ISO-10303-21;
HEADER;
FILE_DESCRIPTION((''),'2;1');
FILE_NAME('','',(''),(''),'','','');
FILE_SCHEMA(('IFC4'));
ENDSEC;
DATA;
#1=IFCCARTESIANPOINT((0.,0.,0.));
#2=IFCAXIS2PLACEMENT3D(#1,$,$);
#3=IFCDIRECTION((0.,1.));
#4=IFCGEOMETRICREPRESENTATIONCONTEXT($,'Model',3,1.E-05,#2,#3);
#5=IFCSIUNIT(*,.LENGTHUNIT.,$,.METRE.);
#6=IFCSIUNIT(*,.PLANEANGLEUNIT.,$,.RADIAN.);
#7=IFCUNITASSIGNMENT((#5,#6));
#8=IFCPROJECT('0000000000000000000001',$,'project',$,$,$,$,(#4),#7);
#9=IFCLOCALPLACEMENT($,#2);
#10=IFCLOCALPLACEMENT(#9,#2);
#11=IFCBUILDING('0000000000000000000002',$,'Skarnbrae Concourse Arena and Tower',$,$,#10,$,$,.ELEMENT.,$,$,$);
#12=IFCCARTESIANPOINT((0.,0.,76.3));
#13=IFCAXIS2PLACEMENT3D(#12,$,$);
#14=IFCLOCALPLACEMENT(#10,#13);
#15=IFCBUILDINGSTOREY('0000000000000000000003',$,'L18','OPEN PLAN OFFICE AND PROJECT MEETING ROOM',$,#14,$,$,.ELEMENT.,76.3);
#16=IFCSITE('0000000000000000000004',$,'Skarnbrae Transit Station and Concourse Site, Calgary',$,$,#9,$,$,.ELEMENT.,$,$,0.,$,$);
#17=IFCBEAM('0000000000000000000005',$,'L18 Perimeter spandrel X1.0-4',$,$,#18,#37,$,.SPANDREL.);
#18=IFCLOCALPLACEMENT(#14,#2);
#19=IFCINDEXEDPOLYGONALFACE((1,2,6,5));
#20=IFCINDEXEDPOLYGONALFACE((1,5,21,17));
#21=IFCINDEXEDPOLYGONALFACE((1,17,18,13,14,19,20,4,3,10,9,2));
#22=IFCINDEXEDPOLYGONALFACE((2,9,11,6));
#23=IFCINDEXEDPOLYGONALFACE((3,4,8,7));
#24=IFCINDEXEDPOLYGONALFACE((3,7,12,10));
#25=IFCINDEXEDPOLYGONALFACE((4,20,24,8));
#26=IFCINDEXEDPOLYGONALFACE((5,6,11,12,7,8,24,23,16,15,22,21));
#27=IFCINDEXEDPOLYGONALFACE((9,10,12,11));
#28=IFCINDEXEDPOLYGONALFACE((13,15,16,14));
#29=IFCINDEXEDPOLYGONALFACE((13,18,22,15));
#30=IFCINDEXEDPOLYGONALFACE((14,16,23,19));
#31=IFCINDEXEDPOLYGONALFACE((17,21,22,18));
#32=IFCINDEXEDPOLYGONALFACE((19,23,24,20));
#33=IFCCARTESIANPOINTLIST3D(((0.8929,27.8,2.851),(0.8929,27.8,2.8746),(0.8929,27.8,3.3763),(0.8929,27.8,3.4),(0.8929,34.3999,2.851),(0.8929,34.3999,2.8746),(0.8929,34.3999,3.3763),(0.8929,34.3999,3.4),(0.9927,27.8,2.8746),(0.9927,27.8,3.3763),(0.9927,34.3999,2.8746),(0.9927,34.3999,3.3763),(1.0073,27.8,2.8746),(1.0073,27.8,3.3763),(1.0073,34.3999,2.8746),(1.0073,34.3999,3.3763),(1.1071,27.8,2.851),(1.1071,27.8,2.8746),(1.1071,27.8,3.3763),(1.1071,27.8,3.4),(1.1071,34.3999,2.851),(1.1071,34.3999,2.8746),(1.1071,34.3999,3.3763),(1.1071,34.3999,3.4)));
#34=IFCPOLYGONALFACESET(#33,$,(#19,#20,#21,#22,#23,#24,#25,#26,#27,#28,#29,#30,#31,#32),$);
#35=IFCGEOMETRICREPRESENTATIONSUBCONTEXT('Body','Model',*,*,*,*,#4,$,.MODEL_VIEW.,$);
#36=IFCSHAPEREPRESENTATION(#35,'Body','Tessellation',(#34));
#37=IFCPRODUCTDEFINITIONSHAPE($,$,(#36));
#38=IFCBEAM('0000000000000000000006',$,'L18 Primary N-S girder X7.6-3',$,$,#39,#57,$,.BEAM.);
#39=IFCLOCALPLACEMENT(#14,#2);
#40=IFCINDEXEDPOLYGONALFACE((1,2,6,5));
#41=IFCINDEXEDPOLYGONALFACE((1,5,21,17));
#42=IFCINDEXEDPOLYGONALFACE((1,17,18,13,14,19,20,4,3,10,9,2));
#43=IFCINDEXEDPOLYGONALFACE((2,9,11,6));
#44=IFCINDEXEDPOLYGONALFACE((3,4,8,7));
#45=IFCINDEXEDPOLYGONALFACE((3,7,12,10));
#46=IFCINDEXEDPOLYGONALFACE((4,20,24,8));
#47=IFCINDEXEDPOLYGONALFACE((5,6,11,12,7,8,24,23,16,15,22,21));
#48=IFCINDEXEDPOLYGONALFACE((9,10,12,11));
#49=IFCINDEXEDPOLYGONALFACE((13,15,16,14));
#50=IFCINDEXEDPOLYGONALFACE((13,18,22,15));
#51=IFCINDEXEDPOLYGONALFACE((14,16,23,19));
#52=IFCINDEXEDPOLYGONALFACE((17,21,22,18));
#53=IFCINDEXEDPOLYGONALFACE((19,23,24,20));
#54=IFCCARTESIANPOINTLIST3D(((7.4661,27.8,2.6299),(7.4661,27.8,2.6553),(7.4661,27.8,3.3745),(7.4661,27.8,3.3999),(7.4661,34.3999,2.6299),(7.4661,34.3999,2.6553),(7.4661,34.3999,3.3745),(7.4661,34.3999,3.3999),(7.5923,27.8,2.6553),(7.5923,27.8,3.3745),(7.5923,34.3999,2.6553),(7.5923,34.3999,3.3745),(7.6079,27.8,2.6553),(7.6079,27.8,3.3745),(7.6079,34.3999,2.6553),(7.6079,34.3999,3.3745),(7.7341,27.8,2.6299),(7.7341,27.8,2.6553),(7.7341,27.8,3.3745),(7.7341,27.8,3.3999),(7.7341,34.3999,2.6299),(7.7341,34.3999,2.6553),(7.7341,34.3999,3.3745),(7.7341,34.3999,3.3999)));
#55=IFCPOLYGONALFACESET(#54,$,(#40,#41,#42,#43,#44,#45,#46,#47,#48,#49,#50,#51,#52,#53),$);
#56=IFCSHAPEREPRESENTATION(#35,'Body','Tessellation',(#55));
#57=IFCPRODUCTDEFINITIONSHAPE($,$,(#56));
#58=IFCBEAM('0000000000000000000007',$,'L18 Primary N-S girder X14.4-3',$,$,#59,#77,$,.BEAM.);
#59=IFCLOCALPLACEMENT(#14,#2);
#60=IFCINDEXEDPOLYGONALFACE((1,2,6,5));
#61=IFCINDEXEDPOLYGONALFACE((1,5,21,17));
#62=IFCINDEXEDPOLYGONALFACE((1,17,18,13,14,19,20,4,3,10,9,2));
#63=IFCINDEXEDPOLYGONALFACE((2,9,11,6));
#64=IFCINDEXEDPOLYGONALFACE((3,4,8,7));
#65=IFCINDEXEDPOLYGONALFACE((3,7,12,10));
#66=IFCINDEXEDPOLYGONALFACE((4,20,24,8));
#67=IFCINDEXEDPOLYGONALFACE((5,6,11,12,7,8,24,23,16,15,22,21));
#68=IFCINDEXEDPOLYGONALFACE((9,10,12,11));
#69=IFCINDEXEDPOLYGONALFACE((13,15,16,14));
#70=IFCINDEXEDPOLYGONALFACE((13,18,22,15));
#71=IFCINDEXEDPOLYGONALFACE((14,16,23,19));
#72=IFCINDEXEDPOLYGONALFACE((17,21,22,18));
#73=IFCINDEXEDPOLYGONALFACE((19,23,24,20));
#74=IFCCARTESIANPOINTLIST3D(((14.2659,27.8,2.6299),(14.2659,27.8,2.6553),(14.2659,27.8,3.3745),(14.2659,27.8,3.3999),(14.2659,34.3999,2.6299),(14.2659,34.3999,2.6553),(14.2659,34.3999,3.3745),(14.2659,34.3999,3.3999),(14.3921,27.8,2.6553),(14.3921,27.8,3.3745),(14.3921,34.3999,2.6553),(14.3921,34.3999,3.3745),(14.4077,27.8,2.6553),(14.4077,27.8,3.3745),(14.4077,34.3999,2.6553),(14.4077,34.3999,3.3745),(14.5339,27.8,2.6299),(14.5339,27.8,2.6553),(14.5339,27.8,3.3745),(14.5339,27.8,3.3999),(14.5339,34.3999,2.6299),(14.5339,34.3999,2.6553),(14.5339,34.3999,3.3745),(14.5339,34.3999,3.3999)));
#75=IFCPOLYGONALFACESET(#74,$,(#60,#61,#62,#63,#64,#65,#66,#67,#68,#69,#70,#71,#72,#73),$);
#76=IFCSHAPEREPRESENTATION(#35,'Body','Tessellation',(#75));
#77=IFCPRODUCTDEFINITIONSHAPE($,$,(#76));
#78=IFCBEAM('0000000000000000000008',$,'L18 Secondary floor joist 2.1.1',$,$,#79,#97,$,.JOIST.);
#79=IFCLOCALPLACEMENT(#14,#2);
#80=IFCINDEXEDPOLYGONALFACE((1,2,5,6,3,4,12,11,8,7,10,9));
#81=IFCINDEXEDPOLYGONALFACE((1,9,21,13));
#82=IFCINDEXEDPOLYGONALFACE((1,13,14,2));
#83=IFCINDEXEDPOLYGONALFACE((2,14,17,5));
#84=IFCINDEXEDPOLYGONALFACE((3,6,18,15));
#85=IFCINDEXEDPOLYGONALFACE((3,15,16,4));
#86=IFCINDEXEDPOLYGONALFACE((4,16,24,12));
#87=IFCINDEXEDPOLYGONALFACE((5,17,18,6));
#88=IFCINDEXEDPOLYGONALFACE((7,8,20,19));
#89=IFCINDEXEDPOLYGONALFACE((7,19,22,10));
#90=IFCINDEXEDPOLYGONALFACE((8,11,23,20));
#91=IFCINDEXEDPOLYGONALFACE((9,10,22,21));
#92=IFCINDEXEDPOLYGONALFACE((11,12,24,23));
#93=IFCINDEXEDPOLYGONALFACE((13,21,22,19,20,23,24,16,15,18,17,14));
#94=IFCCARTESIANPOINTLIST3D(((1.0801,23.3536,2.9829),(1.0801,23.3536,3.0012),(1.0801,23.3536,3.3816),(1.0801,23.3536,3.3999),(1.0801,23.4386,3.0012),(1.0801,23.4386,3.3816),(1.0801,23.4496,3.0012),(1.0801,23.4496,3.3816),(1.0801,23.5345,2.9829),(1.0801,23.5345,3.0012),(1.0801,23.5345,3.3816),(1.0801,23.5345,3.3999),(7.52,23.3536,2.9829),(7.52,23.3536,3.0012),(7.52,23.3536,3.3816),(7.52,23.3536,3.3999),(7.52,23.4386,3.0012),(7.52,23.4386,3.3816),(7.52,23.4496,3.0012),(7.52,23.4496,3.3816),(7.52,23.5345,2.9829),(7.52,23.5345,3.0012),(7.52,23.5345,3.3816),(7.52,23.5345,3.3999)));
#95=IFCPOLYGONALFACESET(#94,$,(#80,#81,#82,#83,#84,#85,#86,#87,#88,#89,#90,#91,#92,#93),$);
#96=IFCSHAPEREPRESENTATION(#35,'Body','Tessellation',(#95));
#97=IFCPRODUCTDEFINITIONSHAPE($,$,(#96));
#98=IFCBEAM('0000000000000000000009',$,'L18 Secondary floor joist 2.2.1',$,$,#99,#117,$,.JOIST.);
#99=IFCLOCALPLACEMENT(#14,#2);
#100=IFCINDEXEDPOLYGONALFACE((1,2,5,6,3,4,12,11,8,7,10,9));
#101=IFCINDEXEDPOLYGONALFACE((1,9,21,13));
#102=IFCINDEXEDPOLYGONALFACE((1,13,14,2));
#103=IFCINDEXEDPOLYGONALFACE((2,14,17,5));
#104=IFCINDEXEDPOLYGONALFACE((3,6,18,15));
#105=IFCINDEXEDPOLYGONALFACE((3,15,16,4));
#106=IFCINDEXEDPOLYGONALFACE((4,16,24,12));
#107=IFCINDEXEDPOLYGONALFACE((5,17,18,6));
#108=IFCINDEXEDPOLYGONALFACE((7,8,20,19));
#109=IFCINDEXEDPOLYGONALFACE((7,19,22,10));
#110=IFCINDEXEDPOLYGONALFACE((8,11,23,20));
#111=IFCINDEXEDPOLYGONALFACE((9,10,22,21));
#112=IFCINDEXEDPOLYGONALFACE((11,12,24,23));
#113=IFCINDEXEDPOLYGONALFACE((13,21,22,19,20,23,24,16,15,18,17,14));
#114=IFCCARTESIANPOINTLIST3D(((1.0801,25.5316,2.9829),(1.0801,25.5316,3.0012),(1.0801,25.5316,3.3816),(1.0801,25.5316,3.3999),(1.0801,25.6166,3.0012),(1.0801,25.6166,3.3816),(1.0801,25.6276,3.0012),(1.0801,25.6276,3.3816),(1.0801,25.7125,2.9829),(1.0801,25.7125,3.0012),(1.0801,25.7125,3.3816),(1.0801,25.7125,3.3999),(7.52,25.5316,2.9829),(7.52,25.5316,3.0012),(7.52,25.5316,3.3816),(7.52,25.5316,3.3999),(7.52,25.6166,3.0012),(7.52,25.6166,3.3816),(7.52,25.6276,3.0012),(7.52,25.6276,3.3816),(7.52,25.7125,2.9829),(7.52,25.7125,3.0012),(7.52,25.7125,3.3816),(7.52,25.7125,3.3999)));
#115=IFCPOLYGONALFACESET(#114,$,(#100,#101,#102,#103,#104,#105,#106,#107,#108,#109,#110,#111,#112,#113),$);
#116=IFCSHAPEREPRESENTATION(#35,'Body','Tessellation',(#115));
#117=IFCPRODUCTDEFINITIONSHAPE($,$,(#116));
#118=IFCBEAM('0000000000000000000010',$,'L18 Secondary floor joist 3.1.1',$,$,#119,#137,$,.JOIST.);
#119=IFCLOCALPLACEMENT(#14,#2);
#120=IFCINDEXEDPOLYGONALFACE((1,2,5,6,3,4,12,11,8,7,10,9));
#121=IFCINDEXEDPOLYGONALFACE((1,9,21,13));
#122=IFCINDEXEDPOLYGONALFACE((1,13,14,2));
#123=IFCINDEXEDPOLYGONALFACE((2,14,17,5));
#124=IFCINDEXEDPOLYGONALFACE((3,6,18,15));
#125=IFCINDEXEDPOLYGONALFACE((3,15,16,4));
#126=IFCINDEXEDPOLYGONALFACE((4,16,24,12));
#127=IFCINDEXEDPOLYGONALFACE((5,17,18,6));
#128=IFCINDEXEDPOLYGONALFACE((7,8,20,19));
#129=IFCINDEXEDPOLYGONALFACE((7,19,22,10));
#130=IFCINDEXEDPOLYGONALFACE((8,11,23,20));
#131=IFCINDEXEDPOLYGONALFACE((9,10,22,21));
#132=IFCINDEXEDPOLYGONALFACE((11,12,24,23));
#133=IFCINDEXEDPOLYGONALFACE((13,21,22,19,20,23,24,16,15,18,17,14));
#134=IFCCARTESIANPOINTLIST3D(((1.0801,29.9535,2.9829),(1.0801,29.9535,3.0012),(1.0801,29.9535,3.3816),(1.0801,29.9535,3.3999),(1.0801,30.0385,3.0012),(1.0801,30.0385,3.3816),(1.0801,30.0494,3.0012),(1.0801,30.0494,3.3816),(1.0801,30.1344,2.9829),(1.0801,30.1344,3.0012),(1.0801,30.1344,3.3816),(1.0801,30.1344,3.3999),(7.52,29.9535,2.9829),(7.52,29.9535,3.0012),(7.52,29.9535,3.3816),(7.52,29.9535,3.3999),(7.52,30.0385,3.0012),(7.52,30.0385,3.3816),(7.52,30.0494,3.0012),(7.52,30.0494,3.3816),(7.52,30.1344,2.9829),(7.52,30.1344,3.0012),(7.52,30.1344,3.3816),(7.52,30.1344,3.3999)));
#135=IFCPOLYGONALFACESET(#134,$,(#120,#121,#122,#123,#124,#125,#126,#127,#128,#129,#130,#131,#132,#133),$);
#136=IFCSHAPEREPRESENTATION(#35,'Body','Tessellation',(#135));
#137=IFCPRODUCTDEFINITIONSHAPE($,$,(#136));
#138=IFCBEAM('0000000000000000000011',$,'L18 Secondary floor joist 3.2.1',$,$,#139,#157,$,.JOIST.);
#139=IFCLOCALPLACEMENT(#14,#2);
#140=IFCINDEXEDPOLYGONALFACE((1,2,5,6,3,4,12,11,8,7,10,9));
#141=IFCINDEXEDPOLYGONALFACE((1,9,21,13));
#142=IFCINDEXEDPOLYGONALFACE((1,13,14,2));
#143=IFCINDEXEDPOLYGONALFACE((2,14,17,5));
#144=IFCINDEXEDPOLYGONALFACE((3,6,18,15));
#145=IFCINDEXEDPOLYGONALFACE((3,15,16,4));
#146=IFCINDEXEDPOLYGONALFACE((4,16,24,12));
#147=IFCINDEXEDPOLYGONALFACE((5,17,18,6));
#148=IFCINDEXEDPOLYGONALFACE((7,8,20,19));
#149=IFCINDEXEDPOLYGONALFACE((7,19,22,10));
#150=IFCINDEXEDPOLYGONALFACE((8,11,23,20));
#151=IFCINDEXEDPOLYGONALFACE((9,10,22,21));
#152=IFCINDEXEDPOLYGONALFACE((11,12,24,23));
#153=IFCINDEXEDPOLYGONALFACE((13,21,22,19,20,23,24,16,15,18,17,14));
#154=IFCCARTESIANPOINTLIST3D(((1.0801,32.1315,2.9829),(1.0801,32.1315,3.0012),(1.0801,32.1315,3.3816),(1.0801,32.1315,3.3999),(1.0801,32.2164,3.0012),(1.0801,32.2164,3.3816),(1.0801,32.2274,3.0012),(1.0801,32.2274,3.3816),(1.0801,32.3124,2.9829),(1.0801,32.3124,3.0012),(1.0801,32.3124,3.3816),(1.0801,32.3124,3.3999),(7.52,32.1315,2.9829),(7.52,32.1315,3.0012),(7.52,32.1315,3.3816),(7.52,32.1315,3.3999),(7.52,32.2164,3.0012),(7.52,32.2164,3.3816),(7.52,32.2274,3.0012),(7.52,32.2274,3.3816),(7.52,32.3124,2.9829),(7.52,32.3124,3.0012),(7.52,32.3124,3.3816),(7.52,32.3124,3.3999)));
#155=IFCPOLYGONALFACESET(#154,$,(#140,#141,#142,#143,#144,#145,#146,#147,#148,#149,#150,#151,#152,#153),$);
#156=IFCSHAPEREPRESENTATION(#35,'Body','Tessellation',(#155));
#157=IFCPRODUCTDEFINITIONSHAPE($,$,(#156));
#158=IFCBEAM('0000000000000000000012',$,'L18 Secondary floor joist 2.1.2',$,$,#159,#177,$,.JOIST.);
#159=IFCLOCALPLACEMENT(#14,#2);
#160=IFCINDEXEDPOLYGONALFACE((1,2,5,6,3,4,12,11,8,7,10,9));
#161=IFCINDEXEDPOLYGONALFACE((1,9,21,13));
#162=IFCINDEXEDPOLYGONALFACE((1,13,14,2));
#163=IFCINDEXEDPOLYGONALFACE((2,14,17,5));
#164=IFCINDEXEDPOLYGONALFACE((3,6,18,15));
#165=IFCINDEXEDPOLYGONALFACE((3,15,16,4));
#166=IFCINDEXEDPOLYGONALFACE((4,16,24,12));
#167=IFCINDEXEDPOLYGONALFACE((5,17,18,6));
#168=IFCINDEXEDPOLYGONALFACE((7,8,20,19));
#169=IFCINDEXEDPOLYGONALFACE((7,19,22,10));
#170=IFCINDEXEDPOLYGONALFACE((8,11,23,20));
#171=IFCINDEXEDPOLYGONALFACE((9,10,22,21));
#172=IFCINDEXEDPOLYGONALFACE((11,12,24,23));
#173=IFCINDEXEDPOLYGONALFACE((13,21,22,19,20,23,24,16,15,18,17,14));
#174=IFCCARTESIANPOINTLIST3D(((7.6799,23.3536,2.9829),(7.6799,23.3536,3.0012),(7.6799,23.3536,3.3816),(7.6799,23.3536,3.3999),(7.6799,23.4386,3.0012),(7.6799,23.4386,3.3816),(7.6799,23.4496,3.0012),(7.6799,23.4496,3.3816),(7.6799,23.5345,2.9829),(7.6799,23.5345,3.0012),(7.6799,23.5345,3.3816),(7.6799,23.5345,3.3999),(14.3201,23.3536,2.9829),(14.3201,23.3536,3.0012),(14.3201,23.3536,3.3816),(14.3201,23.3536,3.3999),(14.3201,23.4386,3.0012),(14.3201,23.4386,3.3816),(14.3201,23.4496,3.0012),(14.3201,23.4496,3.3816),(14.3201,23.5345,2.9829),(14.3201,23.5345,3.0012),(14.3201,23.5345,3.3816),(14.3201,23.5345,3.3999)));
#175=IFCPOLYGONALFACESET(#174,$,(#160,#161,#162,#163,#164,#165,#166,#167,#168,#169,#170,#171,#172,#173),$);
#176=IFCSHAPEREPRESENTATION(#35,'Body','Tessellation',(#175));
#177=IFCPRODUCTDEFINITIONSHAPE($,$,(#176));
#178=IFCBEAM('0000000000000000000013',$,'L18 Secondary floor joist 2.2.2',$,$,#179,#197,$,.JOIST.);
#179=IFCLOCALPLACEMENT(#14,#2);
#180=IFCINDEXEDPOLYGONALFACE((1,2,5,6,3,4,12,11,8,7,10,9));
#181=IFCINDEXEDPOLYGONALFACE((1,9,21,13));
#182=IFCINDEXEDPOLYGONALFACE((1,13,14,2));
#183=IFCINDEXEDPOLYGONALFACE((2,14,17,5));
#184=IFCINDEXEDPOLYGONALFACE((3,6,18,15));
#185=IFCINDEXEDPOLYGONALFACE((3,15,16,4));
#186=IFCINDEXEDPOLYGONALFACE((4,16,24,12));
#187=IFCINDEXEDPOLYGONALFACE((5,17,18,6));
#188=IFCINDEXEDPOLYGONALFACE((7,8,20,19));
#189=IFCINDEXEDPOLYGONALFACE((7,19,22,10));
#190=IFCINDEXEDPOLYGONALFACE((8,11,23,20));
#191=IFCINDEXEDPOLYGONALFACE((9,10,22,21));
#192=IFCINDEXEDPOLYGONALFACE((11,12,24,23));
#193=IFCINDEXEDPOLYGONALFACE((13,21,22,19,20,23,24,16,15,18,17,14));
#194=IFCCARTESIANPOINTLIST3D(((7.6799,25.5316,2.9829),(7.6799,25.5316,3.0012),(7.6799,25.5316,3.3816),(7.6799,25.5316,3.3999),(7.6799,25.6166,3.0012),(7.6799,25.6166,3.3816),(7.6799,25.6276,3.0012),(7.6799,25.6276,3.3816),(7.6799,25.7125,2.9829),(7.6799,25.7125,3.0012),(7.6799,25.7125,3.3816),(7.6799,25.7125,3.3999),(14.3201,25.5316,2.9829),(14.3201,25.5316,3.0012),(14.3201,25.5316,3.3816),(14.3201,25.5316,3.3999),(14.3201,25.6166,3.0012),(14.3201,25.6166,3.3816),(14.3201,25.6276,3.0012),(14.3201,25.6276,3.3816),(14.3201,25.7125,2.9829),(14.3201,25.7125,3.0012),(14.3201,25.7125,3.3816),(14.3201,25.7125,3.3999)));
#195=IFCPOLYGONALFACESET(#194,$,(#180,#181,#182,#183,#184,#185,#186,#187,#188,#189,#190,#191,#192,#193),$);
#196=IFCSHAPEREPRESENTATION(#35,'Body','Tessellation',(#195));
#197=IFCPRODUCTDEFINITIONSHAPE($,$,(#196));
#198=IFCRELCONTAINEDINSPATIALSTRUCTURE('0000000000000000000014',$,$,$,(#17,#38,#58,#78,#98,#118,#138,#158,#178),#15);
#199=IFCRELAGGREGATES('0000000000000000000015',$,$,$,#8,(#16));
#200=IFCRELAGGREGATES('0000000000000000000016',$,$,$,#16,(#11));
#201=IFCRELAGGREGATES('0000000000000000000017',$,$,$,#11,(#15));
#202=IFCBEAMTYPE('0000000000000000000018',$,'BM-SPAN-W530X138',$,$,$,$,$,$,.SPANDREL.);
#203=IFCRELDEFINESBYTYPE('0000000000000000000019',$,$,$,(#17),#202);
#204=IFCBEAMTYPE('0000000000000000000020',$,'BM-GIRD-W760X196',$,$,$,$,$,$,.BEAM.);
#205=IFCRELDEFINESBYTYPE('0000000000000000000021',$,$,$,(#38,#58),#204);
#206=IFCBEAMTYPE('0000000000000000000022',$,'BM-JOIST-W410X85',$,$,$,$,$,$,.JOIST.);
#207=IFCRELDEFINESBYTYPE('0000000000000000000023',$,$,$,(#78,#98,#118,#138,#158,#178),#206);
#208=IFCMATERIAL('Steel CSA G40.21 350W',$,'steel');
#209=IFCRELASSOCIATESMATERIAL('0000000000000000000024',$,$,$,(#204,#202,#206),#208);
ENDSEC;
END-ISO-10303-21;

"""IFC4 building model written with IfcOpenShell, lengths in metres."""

from ifc_helpers import new_model, si_unit, direction, frame, origin, origin_2d, place, context, subcontext, project, spatial, i_section, extrude, source, transform, mapped, material, material_profile, profile_set, type_object, element, save


model = new_model("IFC4")

# Units and contexts
model_context = context("Model", 3, precision=1e-05, world=origin(), true_north=direction((0.0, 1.0)))
body_context = subcontext(model_context, "Body", "Model", "MODEL_VIEW")
ifc_project = project(units=[si_unit("LENGTHUNIT", "METRE"), si_unit("PLANEANGLEUNIT", "RADIAN")], contexts=[model_context])

# Site, building, storey
site_placement = place(None, origin())
site = spatial("IfcSite", under=ifc_project, at=site_placement, Name="Skarnbrae Transit Station and Concourse Site, Calgary", CompositionType="ELEMENT", RefElevation=0.0)
building_placement = place(site_placement, origin())
building = spatial("IfcBuilding", under=site, at=building_placement, Name="Skarnbrae Concourse Arena and Tower", CompositionType="ELEMENT")
storey_placement = place(building_placement, frame((0.0, 0.0, 76.3)))
storey = spatial("IfcBuildingStorey", under=building, at=storey_placement, Name="L18", Description="OPEN PLAN OFFICE AND PROJECT MEETING ROOM", CompositionType="ELEMENT", Elevation=76.3)

# Shared definitions
ifc_material_1 = material(Name="Steel CSA G40.21 350W", Category="steel")

# Beams
ifc_material_profile_1 = material_profile(ifc_material_1, i_section(OverallWidth=0.2681, OverallDepth=0.77, WebThickness=0.0156, FlangeThickness=0.0254, at=origin_2d()), Name="W760X196")
ifc_profile_set_1 = profile_set([ifc_material_profile_1], Name="Steel CSA G40.21 350W")
beam_type_1 = type_object("IfcBeamType", Name="BM-GIRD-W760X196", PredefinedType="BEAM", material=ifc_profile_set_1)
ifc_material_profile_2 = material_profile(ifc_material_1, i_section(OverallWidth=0.2141, OverallDepth=0.5491, WebThickness=0.0146, FlangeThickness=0.0237, at=origin_2d()), Name="W530X138")
ifc_profile_set_2 = profile_set([ifc_material_profile_2], Name="Steel CSA G40.21 350W")
beam_type_2 = type_object("IfcBeamType", Name="BM-SPAN-W530X138", PredefinedType="SPANDREL", material=ifc_profile_set_2)
shared_shape_1 = source(origin(), body_context, "Body", "SweptSolid", [
    extrude(i_section(OverallWidth=0.2141, OverallDepth=0.5491, WebThickness=0.0146, FlangeThickness=0.0237, at=origin_2d()), origin(), (0.0, 0.0, 1.0), 6.5999),
])
beam_1_placement = place(storey_placement, frame((1.0, 27.8, 3.1255), z_axis=(0.0, 1.0, 0.0), x_axis=(-1.0, 0.0, 0.0)))
element("IfcBeam", 1, at=beam_1_placement, inside=storey, type_object=beam_type_2, Name="L18 Perimeter spandrel X1.0-4", PredefinedType="SPANDREL", context=body_context, shape_type="MappedRepresentation", body=[
    mapped(shared_shape_1, transform((0.0, 0.0, 0.0))),
])
shared_shape_2 = source(origin(), body_context, "Body", "SweptSolid", [
    extrude(i_section(OverallWidth=0.2681, OverallDepth=0.77, WebThickness=0.0156, FlangeThickness=0.0254, at=origin_2d()), origin(), (0.0, 0.0, 1.0), 6.5999),
])
for number, where, z_axis, x_axis, name in (
    (2, (7.6001, 27.8, 3.0149), (0.0, 1.0, 0.0), (-1.0, 0.0, 0.0), "L18 Primary N-S girder X7.6-3"),
    (3, (14.3999, 27.8, 3.0149), (0.0, 1.0, 0.0), (-1.0, 0.0, 0.0), "L18 Primary N-S girder X14.4-3"),
):
    element("IfcBeam", number, at=place(storey_placement, frame(where, z_axis=z_axis, x_axis=x_axis)), inside=storey, type_object=beam_type_1, Name=name, PredefinedType="BEAM", context=body_context, shape_type="MappedRepresentation", body=[
        mapped(shared_shape_2, transform((0.0, 0.0, 0.0))),
    ])
ifc_material_profile_3 = material_profile(ifc_material_1, i_section(OverallWidth=0.1809, OverallDepth=0.417, WebThickness=0.011, FlangeThickness=0.0183, at=origin_2d()), Name="W410X85")
ifc_profile_set_3 = profile_set([ifc_material_profile_3], Name="Steel CSA G40.21 350W")
beam_type_3 = type_object("IfcBeamType", Name="BM-JOIST-W410X85", PredefinedType="JOIST", material=ifc_profile_set_3)
shared_shape_3 = source(origin(), body_context, "Body", "SweptSolid", [
    extrude(i_section(OverallWidth=0.1809, OverallDepth=0.417, WebThickness=0.011, FlangeThickness=0.0183, at=origin_2d()), origin(), (0.0, 0.0, 1.0), 6.4399),
])
for number, where, z_axis, x_axis, name in (
    (4, (1.0801, 23.4441, 3.1914), (1.0, 0.0, 0.0), (0.0, 1.0, 0.0), "L18 Secondary floor joist 2.1.1"),
    (5, (1.0801, 25.6221, 3.1914), (1.0, 0.0, 0.0), (0.0, 1.0, 0.0), "L18 Secondary floor joist 2.2.1"),
    (6, (1.0801, 30.0439, 3.1914), (1.0, 0.0, 0.0), (0.0, 1.0, 0.0), "L18 Secondary floor joist 3.1.1"),
    (7, (1.0801, 32.2219, 3.1914), (1.0, 0.0, 0.0), (0.0, 1.0, 0.0), "L18 Secondary floor joist 3.2.1"),
):
    element("IfcBeam", number, at=place(storey_placement, frame(where, z_axis=z_axis, x_axis=x_axis)), inside=storey, type_object=beam_type_3, Name=name, PredefinedType="JOIST", context=body_context, shape_type="MappedRepresentation", body=[
        mapped(shared_shape_3, transform((0.0, 0.0, 0.0))),
    ])
shared_shape_4 = source(origin(), body_context, "Body", "SweptSolid", [
    extrude(i_section(OverallWidth=0.1809, OverallDepth=0.417, WebThickness=0.011, FlangeThickness=0.0183, at=origin_2d()), origin(), (0.0, 0.0, 1.0), 6.6401),
])
for number, where, z_axis, x_axis, name in (
    (8, (7.6799, 23.4441, 3.1914), (1.0, 0.0, 0.0), (0.0, 1.0, 0.0), "L18 Secondary floor joist 2.1.2"),
    (9, (7.6799, 25.6221, 3.1914), (1.0, 0.0, 0.0), (0.0, 1.0, 0.0), "L18 Secondary floor joist 2.2.2"),
):
    element("IfcBeam", number, at=place(storey_placement, frame(where, z_axis=z_axis, x_axis=x_axis)), inside=storey, type_object=beam_type_3, Name=name, PredefinedType="JOIST", context=body_context, shape_type="MappedRepresentation", body=[
        mapped(shared_shape_4, transform((0.0, 0.0, 0.0))),
    ])

save(model, "model.ifc")
